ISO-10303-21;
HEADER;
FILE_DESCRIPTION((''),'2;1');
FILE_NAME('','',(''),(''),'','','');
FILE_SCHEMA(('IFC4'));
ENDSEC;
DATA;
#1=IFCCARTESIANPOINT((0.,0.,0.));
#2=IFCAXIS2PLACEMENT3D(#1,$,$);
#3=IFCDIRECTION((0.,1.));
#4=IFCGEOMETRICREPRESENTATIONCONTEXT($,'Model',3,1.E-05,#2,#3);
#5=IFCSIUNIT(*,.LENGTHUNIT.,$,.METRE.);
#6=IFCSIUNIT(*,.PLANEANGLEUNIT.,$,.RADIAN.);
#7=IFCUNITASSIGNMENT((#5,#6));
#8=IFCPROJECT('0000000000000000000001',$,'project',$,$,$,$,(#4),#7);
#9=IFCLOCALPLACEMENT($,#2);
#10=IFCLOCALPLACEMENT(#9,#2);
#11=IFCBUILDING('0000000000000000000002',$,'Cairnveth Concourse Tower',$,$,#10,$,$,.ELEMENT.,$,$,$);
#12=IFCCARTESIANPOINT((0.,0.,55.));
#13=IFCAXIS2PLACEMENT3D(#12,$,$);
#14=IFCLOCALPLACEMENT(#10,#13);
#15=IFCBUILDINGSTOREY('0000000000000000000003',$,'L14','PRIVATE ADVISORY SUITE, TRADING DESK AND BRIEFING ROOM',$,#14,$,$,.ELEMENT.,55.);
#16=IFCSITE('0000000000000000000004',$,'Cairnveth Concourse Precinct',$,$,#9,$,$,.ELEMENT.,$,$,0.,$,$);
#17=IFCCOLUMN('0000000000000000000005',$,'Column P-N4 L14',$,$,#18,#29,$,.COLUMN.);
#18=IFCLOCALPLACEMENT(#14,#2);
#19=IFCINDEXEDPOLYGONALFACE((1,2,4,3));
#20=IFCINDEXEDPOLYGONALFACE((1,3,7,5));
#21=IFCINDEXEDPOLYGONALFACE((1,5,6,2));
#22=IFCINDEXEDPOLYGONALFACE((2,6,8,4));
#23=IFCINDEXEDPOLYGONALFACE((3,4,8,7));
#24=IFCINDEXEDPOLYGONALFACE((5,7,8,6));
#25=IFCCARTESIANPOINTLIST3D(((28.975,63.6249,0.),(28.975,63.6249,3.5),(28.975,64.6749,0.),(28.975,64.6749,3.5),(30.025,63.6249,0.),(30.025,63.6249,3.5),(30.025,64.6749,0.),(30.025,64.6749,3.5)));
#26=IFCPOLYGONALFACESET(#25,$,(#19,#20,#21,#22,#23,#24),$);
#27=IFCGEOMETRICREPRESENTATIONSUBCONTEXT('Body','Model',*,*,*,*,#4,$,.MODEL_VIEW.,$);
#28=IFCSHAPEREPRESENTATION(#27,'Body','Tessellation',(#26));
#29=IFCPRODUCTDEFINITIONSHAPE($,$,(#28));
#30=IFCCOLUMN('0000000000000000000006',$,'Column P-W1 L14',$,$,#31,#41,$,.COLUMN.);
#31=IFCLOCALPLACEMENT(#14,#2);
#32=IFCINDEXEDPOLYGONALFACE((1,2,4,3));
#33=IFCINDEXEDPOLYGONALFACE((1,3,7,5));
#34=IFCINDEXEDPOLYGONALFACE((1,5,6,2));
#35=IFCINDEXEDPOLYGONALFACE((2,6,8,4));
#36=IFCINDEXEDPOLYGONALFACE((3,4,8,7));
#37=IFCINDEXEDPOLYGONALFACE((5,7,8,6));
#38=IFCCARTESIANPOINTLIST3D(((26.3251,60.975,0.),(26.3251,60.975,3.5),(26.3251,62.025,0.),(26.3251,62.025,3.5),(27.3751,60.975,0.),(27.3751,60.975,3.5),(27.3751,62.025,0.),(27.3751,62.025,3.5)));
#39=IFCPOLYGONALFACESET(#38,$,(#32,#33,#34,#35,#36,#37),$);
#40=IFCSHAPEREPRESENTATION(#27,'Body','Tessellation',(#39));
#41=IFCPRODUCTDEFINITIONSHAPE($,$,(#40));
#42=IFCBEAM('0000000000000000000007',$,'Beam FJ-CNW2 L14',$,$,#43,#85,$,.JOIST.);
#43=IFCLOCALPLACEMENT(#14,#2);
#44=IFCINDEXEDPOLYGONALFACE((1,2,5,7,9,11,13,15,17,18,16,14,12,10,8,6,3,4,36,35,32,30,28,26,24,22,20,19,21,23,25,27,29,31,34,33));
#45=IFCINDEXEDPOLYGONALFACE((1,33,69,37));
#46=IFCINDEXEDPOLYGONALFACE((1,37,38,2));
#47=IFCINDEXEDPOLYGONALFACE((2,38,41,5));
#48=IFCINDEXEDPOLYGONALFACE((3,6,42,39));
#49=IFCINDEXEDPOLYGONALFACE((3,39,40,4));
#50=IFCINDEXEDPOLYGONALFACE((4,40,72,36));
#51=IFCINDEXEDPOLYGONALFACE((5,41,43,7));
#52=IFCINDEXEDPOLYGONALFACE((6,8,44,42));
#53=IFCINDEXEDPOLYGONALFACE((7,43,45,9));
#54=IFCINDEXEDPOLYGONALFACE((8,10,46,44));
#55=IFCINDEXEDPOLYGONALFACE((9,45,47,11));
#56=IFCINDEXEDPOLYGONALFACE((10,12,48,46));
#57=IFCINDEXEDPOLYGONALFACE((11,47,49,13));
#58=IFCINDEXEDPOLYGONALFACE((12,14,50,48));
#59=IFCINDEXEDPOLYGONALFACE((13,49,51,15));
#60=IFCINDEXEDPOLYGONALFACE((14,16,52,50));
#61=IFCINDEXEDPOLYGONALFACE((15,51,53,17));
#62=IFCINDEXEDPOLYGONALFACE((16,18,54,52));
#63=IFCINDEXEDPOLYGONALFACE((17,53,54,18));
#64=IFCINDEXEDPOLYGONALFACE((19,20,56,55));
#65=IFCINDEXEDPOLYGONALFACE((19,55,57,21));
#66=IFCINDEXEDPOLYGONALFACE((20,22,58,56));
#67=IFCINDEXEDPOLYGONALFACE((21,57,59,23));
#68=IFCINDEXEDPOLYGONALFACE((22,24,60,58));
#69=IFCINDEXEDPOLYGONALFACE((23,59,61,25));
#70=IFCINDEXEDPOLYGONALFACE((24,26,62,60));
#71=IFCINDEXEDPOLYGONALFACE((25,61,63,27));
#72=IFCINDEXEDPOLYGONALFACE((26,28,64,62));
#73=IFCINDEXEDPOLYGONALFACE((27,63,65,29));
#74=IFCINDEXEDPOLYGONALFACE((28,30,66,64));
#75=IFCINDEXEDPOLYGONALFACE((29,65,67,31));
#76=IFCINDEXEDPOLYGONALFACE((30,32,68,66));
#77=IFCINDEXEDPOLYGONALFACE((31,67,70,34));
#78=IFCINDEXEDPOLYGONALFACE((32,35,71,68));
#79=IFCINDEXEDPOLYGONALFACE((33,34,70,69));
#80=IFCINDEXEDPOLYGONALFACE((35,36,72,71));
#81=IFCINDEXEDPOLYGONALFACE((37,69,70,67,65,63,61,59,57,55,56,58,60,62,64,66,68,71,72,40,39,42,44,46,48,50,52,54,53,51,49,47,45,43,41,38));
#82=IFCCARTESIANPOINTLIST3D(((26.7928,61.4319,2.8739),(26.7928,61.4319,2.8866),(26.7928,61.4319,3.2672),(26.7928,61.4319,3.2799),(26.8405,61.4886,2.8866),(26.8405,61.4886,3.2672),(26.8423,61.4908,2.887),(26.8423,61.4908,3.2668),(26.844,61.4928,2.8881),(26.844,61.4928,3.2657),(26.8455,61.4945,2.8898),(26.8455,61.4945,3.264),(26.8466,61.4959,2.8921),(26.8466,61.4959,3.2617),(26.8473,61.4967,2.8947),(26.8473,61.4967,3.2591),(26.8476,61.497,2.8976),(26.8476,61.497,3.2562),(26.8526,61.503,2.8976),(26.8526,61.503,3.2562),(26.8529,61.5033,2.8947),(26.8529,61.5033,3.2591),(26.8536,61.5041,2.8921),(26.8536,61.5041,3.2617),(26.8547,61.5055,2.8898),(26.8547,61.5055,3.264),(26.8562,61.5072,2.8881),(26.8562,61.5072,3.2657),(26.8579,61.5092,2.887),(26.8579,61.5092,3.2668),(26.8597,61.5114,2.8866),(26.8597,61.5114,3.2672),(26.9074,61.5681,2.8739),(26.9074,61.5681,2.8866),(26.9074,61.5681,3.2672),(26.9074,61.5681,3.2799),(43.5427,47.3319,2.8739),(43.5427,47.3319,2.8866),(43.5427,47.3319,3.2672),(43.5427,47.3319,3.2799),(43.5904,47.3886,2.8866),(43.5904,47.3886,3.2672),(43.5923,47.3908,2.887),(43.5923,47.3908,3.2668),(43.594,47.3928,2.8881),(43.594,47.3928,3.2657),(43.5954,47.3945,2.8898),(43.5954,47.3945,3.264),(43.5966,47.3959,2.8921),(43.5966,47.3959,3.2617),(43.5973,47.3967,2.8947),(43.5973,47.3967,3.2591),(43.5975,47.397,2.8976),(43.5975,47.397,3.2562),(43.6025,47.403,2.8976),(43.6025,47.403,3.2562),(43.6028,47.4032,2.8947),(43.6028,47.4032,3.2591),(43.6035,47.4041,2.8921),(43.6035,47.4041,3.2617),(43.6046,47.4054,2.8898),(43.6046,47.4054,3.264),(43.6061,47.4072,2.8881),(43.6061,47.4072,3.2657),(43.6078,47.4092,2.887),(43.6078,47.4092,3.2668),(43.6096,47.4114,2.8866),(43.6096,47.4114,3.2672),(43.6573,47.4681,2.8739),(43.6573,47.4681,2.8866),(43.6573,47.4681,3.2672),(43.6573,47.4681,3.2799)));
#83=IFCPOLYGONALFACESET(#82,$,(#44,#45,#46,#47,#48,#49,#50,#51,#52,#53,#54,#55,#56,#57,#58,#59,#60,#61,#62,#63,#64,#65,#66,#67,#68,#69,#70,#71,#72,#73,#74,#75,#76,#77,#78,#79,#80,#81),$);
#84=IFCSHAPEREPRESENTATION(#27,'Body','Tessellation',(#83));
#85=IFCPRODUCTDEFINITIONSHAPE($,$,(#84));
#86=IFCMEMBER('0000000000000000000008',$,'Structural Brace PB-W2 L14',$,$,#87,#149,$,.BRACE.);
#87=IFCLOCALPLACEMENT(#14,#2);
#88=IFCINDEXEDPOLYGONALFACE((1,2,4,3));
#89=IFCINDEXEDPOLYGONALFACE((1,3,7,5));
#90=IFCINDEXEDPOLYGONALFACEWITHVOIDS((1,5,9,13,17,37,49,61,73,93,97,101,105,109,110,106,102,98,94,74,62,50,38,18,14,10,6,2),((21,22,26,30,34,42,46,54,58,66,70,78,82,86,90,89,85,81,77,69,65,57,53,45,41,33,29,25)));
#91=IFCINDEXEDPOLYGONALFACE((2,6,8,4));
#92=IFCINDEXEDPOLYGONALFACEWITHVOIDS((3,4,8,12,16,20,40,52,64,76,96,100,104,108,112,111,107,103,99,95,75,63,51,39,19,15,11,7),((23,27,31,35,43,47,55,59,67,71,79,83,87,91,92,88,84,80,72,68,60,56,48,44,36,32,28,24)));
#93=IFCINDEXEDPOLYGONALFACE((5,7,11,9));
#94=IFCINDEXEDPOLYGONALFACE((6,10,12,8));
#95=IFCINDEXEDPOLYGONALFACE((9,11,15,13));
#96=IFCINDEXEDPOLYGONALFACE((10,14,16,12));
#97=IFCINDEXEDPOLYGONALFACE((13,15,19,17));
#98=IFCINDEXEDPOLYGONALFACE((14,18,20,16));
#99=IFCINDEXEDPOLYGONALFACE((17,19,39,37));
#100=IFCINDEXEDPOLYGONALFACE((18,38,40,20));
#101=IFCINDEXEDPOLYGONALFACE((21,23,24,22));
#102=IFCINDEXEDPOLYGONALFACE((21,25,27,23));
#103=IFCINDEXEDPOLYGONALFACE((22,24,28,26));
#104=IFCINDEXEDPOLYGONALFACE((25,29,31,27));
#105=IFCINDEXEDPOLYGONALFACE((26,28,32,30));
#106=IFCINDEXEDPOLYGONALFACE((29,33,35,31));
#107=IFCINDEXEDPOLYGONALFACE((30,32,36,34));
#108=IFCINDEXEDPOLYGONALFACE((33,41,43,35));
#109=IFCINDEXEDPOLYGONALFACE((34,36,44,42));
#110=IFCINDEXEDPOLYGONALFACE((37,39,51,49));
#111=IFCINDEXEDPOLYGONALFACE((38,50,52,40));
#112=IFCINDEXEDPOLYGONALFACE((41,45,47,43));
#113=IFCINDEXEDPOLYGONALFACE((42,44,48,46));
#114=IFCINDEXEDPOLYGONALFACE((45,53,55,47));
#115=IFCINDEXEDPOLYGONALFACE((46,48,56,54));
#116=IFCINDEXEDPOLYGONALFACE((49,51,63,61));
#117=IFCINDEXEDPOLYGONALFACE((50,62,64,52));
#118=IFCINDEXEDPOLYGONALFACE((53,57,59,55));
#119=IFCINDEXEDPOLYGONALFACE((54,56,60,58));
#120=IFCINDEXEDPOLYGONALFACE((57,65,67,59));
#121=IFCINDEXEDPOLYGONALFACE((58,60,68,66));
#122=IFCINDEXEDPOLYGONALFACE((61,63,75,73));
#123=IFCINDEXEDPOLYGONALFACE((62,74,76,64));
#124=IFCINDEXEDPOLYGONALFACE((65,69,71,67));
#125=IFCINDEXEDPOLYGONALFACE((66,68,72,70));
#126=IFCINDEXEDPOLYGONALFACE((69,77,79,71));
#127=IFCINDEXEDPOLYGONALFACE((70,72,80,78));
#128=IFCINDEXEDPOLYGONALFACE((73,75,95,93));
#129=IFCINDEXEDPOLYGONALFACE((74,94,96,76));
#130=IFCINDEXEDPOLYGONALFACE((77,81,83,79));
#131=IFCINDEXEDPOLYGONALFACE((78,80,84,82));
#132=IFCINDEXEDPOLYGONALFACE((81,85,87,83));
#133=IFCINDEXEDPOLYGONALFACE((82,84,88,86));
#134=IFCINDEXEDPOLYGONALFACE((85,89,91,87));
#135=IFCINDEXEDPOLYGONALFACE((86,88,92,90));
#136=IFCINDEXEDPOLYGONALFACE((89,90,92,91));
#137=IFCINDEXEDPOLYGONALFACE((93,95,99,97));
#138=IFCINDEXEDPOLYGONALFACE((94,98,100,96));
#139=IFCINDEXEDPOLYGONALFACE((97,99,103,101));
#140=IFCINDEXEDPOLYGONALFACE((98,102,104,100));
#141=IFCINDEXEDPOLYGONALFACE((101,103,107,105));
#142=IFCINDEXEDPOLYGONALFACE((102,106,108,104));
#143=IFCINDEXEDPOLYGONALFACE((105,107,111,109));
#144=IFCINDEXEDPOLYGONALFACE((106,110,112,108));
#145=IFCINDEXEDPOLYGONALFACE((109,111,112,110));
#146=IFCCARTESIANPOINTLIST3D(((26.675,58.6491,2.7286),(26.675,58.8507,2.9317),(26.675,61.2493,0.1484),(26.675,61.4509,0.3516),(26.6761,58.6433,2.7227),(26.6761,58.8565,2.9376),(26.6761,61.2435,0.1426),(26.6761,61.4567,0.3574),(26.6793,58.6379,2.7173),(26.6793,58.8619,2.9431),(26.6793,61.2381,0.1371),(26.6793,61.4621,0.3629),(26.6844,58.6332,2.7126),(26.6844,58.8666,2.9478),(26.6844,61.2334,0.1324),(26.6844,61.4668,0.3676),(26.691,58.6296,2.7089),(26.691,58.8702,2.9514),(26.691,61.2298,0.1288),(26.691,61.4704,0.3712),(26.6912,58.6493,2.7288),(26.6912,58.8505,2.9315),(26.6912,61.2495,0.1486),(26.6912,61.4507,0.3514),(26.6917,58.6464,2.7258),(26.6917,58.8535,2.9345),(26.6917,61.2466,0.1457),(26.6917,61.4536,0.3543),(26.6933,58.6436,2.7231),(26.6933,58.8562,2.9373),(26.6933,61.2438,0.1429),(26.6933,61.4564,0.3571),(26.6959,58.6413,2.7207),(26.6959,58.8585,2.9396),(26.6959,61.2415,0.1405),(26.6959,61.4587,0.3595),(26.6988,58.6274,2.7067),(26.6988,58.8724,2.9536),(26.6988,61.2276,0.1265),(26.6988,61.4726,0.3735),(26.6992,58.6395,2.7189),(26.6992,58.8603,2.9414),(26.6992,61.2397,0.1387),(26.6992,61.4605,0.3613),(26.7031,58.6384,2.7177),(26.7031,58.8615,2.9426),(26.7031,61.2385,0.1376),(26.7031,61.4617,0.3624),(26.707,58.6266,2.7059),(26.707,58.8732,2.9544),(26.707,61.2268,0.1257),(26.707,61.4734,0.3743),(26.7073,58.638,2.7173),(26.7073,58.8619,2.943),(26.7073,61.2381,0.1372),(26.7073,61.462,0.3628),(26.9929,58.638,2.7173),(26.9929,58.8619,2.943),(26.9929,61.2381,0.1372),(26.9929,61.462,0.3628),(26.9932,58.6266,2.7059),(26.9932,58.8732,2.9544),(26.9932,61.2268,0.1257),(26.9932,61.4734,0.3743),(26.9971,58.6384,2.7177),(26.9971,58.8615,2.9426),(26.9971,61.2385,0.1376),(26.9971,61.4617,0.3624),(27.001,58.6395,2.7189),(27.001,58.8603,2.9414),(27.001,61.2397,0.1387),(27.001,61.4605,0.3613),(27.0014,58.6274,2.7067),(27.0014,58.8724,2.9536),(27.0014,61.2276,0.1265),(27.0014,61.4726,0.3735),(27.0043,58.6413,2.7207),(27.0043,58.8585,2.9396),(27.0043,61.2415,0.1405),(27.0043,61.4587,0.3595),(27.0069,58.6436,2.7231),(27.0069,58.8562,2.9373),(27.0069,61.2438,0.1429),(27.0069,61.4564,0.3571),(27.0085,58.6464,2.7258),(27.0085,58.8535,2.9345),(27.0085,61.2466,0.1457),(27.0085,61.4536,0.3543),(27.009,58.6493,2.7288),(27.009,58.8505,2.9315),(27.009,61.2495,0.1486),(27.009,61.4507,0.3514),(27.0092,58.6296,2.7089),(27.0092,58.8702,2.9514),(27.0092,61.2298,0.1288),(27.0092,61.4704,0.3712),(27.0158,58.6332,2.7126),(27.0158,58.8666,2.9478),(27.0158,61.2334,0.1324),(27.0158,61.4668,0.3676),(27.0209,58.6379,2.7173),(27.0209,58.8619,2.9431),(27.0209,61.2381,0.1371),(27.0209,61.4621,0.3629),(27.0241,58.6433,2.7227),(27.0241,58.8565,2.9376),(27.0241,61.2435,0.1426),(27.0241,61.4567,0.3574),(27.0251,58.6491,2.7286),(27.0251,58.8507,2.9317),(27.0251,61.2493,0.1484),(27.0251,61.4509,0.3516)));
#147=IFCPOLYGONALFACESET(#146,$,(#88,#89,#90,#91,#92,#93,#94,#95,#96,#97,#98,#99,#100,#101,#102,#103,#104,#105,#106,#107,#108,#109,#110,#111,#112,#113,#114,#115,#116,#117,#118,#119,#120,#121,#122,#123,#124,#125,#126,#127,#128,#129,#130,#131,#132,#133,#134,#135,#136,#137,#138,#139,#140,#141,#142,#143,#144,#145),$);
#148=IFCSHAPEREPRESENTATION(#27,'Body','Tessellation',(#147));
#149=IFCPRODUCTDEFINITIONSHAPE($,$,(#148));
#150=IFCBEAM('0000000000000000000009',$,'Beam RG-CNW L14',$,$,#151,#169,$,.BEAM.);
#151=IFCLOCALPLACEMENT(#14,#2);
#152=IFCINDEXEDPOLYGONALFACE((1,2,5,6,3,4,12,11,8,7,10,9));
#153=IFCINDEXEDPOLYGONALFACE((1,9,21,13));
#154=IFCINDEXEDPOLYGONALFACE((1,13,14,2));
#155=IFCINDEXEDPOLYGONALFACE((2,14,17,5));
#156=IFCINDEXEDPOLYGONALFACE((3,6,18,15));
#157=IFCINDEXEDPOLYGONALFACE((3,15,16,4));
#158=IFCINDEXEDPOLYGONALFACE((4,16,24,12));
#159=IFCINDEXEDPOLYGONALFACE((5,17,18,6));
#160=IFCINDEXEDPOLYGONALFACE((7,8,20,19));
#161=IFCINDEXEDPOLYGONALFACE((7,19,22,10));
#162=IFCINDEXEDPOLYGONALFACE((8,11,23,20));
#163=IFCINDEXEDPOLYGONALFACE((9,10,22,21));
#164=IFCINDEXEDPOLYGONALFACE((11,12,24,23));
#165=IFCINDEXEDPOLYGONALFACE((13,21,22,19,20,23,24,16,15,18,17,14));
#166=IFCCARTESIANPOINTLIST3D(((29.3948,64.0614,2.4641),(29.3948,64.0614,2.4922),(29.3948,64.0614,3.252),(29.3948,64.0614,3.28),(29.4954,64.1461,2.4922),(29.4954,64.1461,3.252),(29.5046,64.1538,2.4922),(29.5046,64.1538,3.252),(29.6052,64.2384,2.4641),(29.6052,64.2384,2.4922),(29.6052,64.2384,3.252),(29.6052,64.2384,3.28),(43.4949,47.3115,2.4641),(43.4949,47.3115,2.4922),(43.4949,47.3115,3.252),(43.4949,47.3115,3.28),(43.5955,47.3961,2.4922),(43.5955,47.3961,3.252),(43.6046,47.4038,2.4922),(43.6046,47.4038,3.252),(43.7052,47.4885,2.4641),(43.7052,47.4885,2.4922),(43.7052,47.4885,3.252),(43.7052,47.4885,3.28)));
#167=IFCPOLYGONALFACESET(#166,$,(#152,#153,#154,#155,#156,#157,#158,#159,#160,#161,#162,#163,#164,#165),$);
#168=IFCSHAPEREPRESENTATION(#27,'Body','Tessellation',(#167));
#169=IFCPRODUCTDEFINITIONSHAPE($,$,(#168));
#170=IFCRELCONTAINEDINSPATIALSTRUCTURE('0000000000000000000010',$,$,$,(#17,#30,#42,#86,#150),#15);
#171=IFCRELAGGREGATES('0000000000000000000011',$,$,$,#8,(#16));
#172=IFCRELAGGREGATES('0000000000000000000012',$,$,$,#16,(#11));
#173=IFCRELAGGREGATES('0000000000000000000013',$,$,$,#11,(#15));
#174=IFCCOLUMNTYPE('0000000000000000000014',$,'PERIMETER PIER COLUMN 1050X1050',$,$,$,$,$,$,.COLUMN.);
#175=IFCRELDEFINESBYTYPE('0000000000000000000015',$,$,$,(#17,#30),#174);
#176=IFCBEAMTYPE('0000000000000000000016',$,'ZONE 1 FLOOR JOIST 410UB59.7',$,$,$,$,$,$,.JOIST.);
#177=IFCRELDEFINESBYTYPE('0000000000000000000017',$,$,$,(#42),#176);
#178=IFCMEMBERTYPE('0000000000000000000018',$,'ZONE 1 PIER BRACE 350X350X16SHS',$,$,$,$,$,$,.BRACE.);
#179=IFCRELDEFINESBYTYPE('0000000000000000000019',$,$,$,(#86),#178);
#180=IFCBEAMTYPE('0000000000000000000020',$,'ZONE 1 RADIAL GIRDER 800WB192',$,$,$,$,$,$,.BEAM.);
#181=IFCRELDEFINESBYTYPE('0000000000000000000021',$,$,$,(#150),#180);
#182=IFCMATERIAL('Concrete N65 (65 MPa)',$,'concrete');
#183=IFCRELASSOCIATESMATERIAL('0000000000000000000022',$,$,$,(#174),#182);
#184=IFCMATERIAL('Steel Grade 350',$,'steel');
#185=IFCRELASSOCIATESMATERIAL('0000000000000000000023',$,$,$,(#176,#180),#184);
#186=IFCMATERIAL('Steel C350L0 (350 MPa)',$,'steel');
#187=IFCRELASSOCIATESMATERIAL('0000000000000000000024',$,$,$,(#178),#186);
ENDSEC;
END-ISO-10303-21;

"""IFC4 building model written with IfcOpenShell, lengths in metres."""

from ifc_helpers import new_model, si_unit, direction, frame, origin, origin_2d, place, context, subcontext, project, spatial, rectangle, hollow_rectangle, i_section, extrude, material, material_profile, profile_set, type_object, element, save


model = new_model("IFC4")

# Units and contexts
model_context = context("Model", 3, precision=1e-05, world=origin(), true_north=direction((0.0, 1.0)))
body_context = subcontext(model_context, "Body", "Model", "MODEL_VIEW")
ifc_project = project(units=[si_unit("LENGTHUNIT", "METRE"), si_unit("PLANEANGLEUNIT", "RADIAN")], contexts=[model_context])

# Site, building, storey
site_placement = place(None, origin())
site = spatial("IfcSite", under=ifc_project, at=site_placement, Name="Cairnveth Concourse Precinct", CompositionType="ELEMENT", RefElevation=0.0)
building_placement = place(site_placement, origin())
building = spatial("IfcBuilding", under=site, at=building_placement, Name="Cairnveth Concourse Tower", CompositionType="ELEMENT")
storey_placement = place(building_placement, frame((0.0, 0.0, 55.0)))
storey = spatial("IfcBuildingStorey", under=building, at=storey_placement, Name="L14", Description="PRIVATE ADVISORY SUITE, TRADING DESK AND BRIEFING ROOM", CompositionType="ELEMENT", Elevation=55.0)

# Columns
ifc_material_1 = material(Name="Concrete N65 (65 MPa)", Category="concrete")
ifc_material_profile_1 = material_profile(ifc_material_1, rectangle(XDim=1.05, YDim=1.05, at=origin_2d()), Name="RC-COL-1050x1050")
ifc_profile_set_1 = profile_set([ifc_material_profile_1], Name="Concrete N65 (65 MPa)")
column_type = type_object("IfcColumnType", Name="PERIMETER PIER COLUMN 1050X1050", PredefinedType="COLUMN", material=ifc_profile_set_1)
for number, where, z_axis, x_axis, name in (
    (1, (29.5, 64.1499, 0.0), (0.0, 0.0, 1.0), (1.0, 0.0, 0.0), "Column P-N4 L14"),
    (2, (26.8501, 61.5, 0.0), (0.0, 0.0, 1.0), (0.0, 1.0, 0.0), "Column P-W1 L14"),
):
    element("IfcColumn", number, at=place(storey_placement, frame(where, z_axis=z_axis, x_axis=x_axis)), inside=storey, type_object=column_type, Name=name, PredefinedType="COLUMN", context=body_context, shape_type="SweptSolid", body=[
        extrude(rectangle(XDim=1.05, YDim=1.05, at=origin_2d()), origin(), (0.0, 0.0, 1.0), 3.5),
    ])

# Beam
ifc_material_2 = material(Name="Steel Grade 350", Category="steel")
ifc_material_profile_2 = material_profile(ifc_material_2, i_section(OverallWidth=0.178, OverallDepth=0.406, WebThickness=0.0078, FlangeThickness=0.0127, FilletRadius=0.011, at=origin_2d()), Name="410UB59.7")
ifc_profile_set_2 = profile_set([ifc_material_profile_2], Name="Steel Grade 350")
beam_type_1 = type_object("IfcBeamType", Name="ZONE 1 FLOOR JOIST 410UB59.7", PredefinedType="JOIST", material=ifc_profile_set_2)
beam_1_placement = place(storey_placement, frame((26.8501, 61.5, 3.0769), z_axis=(0.765027, -0.643998, 0.0), x_axis=(0.643998, 0.765027, 0.0)))
element("IfcBeam", 3, at=beam_1_placement, inside=storey, type_object=beam_type_1, Name="Beam FJ-CNW2 L14", PredefinedType="JOIST", context=body_context, shape_type="SweptSolid", body=[
    extrude(i_section(OverallWidth=0.178, OverallDepth=0.406, WebThickness=0.0078, FlangeThickness=0.0127, FilletRadius=0.011, at=origin_2d()), origin(), (0.0, 0.0, 1.0), 21.8945),
])

# Member
ifc_material_3 = material(Name="Steel C350L0 (350 MPa)", Category="steel")
ifc_material_profile_3 = material_profile(ifc_material_3, hollow_rectangle(XDim=0.3501, YDim=0.3501, WallThickness=0.0161, InnerFilletRadius=0.0161, OuterFilletRadius=0.032, at=origin_2d()), Name="350x350x16.0SHS")
ifc_profile_set_3 = profile_set([ifc_material_profile_3], Name="Steel C350L0 (350 MPa)")
member_type = type_object("IfcMemberType", Name="ZONE 1 PIER BRACE 350X350X16SHS", PredefinedType="BRACE", material=ifc_profile_set_3)
member_placement = place(storey_placement, frame((26.8501, 61.3501, 0.25), z_axis=(0.0, -0.709834, 0.704369), x_axis=(1.0, 0.0, 0.0)))
element("IfcMember", 4, at=member_placement, inside=storey, type_object=member_type, Name="Structural Brace PB-W2 L14", PredefinedType="BRACE", context=body_context, shape_type="SweptSolid", body=[
    extrude(hollow_rectangle(XDim=0.3501, YDim=0.3501, WallThickness=0.0161, InnerFilletRadius=0.0161, OuterFilletRadius=0.032, at=origin_2d()), origin(), (0.0, 0.0, 1.0), 3.6631),
])

# Beam
ifc_material_profile_4 = material_profile(ifc_material_2, i_section(OverallWidth=0.2749, OverallDepth=0.8159, WebThickness=0.012, FlangeThickness=0.0281, at=origin_2d()), Name="800WB192")
ifc_profile_set_4 = profile_set([ifc_material_profile_4], Name="Steel Grade 350")
beam_type_2 = type_object("IfcBeamType", Name="ZONE 1 RADIAL GIRDER 800WB192", PredefinedType="BEAM", material=ifc_profile_set_4)
beam_2_placement = place(storey_placement, frame((29.5, 64.1499, 2.8721), z_axis=(0.643998, -0.765027, 0.0), x_axis=(0.765027, 0.643998, 0.0)))
element("IfcBeam", 5, at=beam_2_placement, inside=storey, type_object=beam_type_2, Name="Beam RG-CNW L14", PredefinedType="BEAM", context=body_context, shape_type="SweptSolid", body=[
    extrude(i_section(OverallWidth=0.2749, OverallDepth=0.8159, WebThickness=0.012, FlangeThickness=0.0281, at=origin_2d()), origin(), (0.0, 0.0, 1.0), 21.8945),
])

save(model, "model.ifc")
